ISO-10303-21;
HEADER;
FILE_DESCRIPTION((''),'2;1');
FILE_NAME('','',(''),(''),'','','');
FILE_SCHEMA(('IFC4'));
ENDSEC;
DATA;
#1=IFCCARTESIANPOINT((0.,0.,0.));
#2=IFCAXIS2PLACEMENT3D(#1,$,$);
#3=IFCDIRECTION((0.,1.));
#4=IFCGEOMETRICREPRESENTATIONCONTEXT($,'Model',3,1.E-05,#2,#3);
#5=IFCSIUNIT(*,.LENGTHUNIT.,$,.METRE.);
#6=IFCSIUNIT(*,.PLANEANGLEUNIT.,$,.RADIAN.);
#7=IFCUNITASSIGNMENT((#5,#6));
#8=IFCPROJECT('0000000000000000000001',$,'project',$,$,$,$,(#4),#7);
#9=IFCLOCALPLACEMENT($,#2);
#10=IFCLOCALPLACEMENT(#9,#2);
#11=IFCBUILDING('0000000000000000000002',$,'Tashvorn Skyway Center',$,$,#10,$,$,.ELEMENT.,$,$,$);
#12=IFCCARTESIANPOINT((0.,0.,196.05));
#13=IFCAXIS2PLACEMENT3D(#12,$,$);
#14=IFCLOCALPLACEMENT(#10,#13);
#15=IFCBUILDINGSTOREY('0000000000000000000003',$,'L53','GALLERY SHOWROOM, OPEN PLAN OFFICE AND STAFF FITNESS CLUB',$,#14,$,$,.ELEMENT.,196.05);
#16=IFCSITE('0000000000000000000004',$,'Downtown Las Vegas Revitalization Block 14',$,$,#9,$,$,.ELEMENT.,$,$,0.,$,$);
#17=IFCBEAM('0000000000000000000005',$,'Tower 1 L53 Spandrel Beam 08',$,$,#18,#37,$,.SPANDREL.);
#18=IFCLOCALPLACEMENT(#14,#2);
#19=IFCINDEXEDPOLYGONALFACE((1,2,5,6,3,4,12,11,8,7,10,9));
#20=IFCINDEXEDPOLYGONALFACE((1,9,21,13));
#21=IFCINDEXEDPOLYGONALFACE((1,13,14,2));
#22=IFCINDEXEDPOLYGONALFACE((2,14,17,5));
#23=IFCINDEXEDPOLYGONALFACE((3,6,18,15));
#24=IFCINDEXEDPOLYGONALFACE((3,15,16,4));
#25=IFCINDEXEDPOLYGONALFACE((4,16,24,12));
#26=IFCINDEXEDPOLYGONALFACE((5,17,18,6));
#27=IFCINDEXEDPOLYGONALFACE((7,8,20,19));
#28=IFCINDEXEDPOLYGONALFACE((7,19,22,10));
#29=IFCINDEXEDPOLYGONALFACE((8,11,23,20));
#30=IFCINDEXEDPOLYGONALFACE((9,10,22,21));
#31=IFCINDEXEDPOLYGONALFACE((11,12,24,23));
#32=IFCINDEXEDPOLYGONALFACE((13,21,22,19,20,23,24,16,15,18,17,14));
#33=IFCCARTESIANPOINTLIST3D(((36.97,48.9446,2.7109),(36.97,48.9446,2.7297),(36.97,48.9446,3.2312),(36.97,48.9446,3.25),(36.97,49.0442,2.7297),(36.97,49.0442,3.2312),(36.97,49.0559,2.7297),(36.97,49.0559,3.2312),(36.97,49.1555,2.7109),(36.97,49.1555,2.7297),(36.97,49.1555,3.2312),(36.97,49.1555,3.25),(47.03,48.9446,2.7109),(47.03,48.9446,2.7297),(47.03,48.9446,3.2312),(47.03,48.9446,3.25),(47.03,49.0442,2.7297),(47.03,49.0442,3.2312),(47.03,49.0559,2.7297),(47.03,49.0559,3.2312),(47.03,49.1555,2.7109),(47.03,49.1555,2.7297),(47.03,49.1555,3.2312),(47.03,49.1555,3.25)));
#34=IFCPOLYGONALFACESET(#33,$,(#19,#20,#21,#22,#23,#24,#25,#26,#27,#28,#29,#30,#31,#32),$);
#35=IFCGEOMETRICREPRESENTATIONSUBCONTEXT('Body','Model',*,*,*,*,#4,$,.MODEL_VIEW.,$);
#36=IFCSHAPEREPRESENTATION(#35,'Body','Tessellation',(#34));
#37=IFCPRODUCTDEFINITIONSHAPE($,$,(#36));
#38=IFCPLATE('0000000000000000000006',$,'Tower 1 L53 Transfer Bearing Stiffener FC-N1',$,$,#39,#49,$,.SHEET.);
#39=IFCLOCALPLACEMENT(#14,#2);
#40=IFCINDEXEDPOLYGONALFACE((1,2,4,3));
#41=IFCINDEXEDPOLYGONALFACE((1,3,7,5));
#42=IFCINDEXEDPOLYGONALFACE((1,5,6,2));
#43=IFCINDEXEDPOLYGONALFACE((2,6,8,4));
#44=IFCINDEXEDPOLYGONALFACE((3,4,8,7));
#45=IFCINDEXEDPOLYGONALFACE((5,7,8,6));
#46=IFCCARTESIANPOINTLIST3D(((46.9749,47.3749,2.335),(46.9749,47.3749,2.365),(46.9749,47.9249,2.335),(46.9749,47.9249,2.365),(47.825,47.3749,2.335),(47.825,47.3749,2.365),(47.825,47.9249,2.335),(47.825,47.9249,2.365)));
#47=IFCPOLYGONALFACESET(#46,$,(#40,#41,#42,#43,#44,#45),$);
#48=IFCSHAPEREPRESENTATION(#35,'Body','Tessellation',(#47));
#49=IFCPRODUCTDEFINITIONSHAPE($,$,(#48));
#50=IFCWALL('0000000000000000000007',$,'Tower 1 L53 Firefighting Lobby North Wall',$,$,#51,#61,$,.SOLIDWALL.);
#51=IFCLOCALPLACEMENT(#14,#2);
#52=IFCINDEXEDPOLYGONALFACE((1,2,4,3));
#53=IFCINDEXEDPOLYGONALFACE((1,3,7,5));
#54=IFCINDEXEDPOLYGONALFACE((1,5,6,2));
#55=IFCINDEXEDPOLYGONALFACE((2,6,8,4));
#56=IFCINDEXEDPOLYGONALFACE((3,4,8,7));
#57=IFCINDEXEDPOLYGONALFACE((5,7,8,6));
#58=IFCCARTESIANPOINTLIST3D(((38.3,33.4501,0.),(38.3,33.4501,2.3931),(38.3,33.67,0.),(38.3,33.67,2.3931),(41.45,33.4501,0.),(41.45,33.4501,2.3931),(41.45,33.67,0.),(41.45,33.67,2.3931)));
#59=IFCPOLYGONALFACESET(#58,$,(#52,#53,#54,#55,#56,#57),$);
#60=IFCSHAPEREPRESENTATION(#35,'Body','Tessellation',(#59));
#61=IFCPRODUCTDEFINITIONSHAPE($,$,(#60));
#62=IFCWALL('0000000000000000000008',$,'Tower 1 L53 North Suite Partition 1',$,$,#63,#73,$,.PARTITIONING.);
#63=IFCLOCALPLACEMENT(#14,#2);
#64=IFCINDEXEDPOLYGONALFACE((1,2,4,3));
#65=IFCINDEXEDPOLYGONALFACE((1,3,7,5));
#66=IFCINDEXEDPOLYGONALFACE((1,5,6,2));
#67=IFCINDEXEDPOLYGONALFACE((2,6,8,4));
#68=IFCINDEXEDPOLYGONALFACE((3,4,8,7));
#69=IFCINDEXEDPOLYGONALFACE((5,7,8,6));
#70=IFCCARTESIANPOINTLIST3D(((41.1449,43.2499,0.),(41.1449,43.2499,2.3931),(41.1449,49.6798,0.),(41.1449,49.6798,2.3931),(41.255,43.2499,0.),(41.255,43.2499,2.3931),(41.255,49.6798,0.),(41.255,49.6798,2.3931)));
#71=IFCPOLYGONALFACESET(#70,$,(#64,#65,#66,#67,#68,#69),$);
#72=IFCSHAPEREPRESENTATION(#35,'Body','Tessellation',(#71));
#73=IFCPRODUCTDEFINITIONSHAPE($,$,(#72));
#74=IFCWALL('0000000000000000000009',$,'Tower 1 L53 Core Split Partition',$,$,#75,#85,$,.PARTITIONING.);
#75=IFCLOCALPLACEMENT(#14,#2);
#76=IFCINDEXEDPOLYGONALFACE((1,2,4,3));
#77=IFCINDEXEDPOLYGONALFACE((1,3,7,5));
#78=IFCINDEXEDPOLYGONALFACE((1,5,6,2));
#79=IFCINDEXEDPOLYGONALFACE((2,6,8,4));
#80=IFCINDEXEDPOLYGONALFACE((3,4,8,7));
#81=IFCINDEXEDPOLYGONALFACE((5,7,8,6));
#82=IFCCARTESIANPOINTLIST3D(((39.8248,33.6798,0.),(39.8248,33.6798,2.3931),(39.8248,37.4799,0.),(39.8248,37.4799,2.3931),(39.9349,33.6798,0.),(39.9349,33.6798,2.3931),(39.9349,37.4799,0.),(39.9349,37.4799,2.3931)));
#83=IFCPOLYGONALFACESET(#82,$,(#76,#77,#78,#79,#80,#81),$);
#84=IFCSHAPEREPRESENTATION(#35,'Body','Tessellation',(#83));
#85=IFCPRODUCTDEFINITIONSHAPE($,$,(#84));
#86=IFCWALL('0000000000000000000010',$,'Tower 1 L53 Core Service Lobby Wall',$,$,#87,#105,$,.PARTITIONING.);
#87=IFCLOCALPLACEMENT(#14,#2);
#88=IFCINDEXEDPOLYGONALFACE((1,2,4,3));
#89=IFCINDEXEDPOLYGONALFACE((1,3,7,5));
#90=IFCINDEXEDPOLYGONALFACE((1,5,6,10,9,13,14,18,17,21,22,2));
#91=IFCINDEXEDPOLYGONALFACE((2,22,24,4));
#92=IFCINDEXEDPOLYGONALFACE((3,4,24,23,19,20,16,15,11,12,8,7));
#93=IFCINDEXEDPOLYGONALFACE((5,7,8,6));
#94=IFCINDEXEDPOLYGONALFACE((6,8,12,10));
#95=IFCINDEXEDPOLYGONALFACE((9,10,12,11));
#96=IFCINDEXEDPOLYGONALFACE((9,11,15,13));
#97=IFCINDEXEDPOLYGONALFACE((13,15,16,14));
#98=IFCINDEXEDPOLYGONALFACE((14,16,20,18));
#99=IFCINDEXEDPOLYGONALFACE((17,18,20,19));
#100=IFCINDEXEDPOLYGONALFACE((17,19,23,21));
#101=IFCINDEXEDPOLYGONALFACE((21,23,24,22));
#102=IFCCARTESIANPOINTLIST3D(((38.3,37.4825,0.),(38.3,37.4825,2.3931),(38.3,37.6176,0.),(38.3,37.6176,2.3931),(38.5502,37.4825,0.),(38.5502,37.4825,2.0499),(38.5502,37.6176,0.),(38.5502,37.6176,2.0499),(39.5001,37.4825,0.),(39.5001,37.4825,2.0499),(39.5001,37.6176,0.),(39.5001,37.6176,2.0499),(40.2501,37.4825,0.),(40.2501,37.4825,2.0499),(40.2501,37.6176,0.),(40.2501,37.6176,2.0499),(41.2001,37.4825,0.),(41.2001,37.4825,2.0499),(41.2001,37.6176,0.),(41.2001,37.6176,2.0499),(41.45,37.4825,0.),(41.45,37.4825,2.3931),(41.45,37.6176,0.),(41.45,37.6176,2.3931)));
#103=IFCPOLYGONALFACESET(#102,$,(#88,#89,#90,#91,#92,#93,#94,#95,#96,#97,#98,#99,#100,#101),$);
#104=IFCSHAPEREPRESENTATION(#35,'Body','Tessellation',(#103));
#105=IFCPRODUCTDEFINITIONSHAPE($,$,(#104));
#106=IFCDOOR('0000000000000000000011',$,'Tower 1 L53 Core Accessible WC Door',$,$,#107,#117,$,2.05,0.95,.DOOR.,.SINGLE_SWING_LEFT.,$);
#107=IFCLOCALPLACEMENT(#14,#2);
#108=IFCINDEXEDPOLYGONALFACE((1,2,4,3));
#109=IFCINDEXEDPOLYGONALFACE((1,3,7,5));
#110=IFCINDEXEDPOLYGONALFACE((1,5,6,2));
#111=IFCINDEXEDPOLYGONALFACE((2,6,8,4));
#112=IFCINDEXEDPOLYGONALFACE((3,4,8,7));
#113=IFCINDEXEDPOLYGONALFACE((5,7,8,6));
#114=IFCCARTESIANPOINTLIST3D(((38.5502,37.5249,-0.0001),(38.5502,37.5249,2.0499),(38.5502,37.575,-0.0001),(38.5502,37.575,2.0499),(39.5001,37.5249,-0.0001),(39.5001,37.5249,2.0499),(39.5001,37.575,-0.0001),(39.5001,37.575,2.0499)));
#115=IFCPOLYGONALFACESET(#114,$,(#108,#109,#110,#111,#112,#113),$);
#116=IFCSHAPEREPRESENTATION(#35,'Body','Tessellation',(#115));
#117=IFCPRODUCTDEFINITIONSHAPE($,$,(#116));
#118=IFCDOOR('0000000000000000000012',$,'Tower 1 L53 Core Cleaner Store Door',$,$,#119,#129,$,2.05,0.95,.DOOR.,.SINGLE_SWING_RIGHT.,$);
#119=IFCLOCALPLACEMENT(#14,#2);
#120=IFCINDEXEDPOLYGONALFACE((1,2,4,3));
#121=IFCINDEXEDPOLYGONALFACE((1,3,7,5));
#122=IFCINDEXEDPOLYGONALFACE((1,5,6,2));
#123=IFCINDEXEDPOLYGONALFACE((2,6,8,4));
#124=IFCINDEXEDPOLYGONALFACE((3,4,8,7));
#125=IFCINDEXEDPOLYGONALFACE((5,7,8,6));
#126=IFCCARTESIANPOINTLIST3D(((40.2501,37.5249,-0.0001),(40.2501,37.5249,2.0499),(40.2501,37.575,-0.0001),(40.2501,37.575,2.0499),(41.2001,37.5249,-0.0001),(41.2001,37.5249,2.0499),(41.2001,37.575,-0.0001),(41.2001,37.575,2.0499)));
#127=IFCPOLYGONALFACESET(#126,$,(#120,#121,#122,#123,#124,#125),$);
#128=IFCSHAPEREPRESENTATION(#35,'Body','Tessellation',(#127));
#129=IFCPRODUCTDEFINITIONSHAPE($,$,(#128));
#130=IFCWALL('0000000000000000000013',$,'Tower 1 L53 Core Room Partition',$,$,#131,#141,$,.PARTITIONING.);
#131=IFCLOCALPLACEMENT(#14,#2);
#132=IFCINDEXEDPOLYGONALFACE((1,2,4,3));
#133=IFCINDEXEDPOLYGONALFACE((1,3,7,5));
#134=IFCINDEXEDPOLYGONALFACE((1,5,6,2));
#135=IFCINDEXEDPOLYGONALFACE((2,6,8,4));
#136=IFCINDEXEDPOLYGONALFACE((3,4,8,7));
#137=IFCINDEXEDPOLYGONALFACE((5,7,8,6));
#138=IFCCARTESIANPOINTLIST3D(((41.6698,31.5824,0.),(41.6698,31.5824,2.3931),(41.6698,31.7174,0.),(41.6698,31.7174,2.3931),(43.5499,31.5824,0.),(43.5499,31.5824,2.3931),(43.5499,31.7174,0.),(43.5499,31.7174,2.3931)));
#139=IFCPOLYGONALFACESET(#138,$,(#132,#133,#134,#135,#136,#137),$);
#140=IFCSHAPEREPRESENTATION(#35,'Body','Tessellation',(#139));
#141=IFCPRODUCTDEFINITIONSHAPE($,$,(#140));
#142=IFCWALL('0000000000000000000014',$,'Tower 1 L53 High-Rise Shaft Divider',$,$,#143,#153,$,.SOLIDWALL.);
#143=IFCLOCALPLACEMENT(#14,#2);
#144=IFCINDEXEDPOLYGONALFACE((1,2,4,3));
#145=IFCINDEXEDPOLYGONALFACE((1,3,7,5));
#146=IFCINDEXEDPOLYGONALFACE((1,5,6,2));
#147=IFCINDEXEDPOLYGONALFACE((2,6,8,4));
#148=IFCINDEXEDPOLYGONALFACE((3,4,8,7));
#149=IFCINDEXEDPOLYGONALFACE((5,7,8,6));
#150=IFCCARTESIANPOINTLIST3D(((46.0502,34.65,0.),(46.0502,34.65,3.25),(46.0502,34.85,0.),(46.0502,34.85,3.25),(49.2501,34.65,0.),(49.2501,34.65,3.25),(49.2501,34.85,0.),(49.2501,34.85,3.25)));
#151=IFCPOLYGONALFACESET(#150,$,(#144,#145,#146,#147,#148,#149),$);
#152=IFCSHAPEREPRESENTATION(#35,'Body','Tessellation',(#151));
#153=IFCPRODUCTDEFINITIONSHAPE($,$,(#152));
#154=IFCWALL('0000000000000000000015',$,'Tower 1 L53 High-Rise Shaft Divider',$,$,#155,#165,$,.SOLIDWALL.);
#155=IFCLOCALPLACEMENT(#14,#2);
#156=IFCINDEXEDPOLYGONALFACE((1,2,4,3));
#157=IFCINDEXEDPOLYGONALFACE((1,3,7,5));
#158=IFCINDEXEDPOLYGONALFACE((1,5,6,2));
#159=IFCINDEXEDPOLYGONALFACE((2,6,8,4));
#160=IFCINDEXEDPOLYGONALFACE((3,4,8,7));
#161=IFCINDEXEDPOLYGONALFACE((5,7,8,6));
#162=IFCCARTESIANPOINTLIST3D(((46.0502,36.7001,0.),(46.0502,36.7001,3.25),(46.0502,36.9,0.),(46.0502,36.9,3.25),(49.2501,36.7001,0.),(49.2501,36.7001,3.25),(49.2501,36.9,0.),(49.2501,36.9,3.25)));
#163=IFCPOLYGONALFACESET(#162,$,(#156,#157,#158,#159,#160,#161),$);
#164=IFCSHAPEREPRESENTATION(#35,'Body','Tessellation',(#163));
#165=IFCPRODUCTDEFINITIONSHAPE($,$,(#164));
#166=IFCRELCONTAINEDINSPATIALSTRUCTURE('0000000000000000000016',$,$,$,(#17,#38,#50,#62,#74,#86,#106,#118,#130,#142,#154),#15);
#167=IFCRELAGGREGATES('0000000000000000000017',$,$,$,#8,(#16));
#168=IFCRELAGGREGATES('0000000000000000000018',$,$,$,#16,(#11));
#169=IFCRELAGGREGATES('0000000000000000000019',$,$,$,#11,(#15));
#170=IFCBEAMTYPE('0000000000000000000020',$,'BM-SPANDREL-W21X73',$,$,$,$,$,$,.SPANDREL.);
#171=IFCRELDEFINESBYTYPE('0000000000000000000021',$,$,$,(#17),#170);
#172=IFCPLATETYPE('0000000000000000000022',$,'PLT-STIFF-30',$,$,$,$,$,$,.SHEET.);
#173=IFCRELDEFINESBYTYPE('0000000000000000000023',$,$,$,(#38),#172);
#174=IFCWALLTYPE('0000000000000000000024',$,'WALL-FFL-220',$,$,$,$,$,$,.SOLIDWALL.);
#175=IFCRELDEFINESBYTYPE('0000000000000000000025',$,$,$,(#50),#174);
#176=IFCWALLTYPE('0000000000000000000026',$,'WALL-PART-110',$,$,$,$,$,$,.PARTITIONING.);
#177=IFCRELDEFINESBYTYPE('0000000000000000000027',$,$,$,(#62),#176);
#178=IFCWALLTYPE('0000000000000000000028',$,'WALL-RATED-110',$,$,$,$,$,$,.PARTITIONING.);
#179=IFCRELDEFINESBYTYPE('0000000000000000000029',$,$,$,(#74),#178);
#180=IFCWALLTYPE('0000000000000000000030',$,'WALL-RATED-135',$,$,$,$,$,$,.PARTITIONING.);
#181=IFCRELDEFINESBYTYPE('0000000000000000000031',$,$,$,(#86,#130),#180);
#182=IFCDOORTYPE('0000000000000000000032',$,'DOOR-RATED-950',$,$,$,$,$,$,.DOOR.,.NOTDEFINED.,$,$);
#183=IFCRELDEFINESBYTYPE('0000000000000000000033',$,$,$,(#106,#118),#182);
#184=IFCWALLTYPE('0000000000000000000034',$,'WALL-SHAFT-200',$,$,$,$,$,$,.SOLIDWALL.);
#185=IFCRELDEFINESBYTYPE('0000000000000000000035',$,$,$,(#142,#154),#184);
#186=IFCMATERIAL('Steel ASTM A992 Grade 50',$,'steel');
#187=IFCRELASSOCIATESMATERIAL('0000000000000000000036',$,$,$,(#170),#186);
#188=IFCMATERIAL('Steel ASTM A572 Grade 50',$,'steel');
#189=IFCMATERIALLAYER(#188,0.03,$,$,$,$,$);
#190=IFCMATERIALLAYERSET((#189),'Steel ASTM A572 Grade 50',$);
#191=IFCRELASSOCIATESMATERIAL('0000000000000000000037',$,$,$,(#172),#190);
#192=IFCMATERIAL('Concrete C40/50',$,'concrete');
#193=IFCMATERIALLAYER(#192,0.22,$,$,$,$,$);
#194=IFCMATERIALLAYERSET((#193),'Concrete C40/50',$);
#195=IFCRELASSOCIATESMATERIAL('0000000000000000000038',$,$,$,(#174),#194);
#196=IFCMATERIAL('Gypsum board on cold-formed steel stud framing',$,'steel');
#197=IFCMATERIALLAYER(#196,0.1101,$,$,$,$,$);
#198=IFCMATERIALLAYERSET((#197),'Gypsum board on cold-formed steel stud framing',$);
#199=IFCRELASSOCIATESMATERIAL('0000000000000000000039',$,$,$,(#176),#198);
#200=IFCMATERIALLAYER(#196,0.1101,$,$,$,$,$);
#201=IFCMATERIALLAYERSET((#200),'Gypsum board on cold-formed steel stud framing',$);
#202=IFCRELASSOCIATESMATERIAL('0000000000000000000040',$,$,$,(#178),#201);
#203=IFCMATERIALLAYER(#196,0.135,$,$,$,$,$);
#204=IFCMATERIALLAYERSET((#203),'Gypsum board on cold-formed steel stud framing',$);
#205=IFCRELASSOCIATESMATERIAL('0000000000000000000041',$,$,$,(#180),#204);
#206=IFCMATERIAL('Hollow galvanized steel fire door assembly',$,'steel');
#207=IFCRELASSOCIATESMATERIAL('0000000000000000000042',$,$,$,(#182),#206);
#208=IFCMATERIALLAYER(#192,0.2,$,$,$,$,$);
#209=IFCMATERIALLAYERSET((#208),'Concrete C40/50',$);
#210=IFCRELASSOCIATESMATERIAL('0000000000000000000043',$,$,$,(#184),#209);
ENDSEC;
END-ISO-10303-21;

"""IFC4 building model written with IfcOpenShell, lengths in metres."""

from ifc_helpers import new_model, si_unit, direction, frame, frame_2d, origin, origin_2d, place, context, subcontext, project, spatial, rectangle, i_section, extrude, material, layer, layer_set, material_profile, profile_set, type_object, element, fill, save


model = new_model("IFC4")

# Units and contexts
model_context = context("Model", 3, precision=1e-05, world=origin(), true_north=direction((0.0, 1.0)))
body_context = subcontext(model_context, "Body", "Model", "MODEL_VIEW")
ifc_project = project(units=[si_unit("LENGTHUNIT", "METRE"), si_unit("PLANEANGLEUNIT", "RADIAN")], contexts=[model_context])

# Site, building, storey
site_placement = place(None, origin())
site = spatial("IfcSite", under=ifc_project, at=site_placement, Name="Downtown Las Vegas Revitalization Block 14", CompositionType="ELEMENT", RefElevation=0.0)
building_placement = place(site_placement, origin())
building = spatial("IfcBuilding", under=site, at=building_placement, Name="Tashvorn Skyway Center", CompositionType="ELEMENT")
storey_placement = place(building_placement, frame((0.0, 0.0, 196.05)))
storey = spatial("IfcBuildingStorey", under=building, at=storey_placement, Name="L53", Description="GALLERY SHOWROOM, OPEN PLAN OFFICE AND STAFF FITNESS CLUB", CompositionType="ELEMENT", Elevation=196.05)

# Beam
ifc_material_1 = material(Name="Steel ASTM A992 Grade 50", Category="steel")
ifc_material_profile = material_profile(ifc_material_1, i_section(OverallWidth=0.2109, OverallDepth=0.5391, WebThickness=0.0117, FlangeThickness=0.0188, at=origin_2d()), Name="W21X73")
ifc_profile_set = profile_set([ifc_material_profile], Name="Steel ASTM A992 Grade 50")
beam_type = type_object("IfcBeamType", Name="BM-SPANDREL-W21X73", PredefinedType="SPANDREL", material=ifc_profile_set)
beam_placement = place(storey_placement, frame((47.03, 49.05, 2.9805), z_axis=(-1.0, 0.0, 0.0), x_axis=(0.0, -1.0, 0.0)))
element("IfcBeam", 1, at=beam_placement, inside=storey, type_object=beam_type, Name="Tower 1 L53 Spandrel Beam 08", PredefinedType="SPANDREL", context=body_context, shape_type="SweptSolid", body=[
    extrude(i_section(OverallWidth=0.2109, OverallDepth=0.5391, WebThickness=0.0117, FlangeThickness=0.0188, at=origin_2d()), origin(), (0.0, 0.0, 1.0), 10.0601),
])

# Plate
ifc_material_2 = material(Name="Steel ASTM A572 Grade 50", Category="steel")
ifc_layer_1 = layer(ifc_material_2, 0.03)
ifc_layer_set_1 = layer_set([ifc_layer_1], Name="Steel ASTM A572 Grade 50")
plate_type = type_object("IfcPlateType", Name="PLT-STIFF-30", PredefinedType="SHEET", material=ifc_layer_set_1)
plate_placement = place(storey_placement, frame((47.3999, 47.6499, 2.335), z_axis=(0.0, 0.0, 1.0), x_axis=(1.0, 0.0, 0.0)))
element("IfcPlate", 2, at=plate_placement, inside=storey, type_object=plate_type, Name="Tower 1 L53 Transfer Bearing Stiffener FC-N1", PredefinedType="SHEET", context=body_context, shape_type="SweptSolid", body=[
    extrude(rectangle(XDim=0.8501, YDim=0.55, at=origin_2d()), origin(), (0.0, 0.0, 1.0), 0.03),
])

# Walls
ifc_material_3 = material(Name="Concrete C40/50", Category="concrete")
ifc_layer_2 = layer(ifc_material_3, 0.22)
ifc_layer_set_2 = layer_set([ifc_layer_2], Name="Concrete C40/50")
wall_type_1 = type_object("IfcWallType", Name="WALL-FFL-220", PredefinedType="SOLIDWALL", material=ifc_layer_set_2)
wall_1_placement = place(storey_placement, frame((38.3, 33.5601, 0.0), z_axis=(0.0, 0.0, 1.0), x_axis=(1.0, 0.0, 0.0)))
element("IfcWall", 3, at=wall_1_placement, inside=storey, type_object=wall_type_1, Name="Tower 1 L53 Firefighting Lobby North Wall", PredefinedType="SOLIDWALL", context=body_context, shape_type="SweptSolid", body=[
    extrude(rectangle(XDim=3.1499, YDim=0.22, at=frame_2d((1.575, 0.0))), origin(), (0.0, 0.0, 1.0), 2.3931),
])
ifc_material_4 = material(Name="Gypsum board on cold-formed steel stud framing", Category="steel")
ifc_layer_3 = layer(ifc_material_4, 0.1101)
ifc_layer_set_3 = layer_set([ifc_layer_3], Name="Gypsum board on cold-formed steel stud framing")
wall_type_2 = type_object("IfcWallType", Name="WALL-PART-110", PredefinedType="PARTITIONING", material=ifc_layer_set_3)
wall_2_placement = place(storey_placement, frame((41.2, 43.25, 0.0), z_axis=(0.0, 0.0, 1.0), x_axis=(0.0, 1.0, 0.0)))
element("IfcWall", 4, at=wall_2_placement, inside=storey, type_object=wall_type_2, Name="Tower 1 L53 North Suite Partition 1", PredefinedType="PARTITIONING", context=body_context, shape_type="SweptSolid", body=[
    extrude(rectangle(XDim=6.4299, YDim=0.1101, at=frame_2d((3.2148, 0.0))), origin(), (0.0, 0.0, 1.0), 2.3931),
])
ifc_layer_4 = layer(ifc_material_4, 0.1101)
ifc_layer_set_4 = layer_set([ifc_layer_4], Name="Gypsum board on cold-formed steel stud framing")
wall_type_3 = type_object("IfcWallType", Name="WALL-RATED-110", PredefinedType="PARTITIONING", material=ifc_layer_set_4)
wall_3_placement = place(storey_placement, frame((39.8799, 33.6799, 0.0), z_axis=(0.0, 0.0, 1.0), x_axis=(0.0, 1.0, 0.0)))
element("IfcWall", 5, at=wall_3_placement, inside=storey, type_object=wall_type_3, Name="Tower 1 L53 Core Split Partition", PredefinedType="PARTITIONING", context=body_context, shape_type="SweptSolid", body=[
    extrude(rectangle(XDim=3.8, YDim=0.1101, at=frame_2d((1.8999, 0.0))), origin(), (0.0, 0.0, 1.0), 2.3931),
])

# Wall, openings, doors
ifc_layer_5 = layer(ifc_material_4, 0.135)
ifc_layer_set_5 = layer_set([ifc_layer_5], Name="Gypsum board on cold-formed steel stud framing")
wall_type_4 = type_object("IfcWallType", Name="WALL-RATED-135", PredefinedType="PARTITIONING", material=ifc_layer_set_5)
wall_4_placement = place(storey_placement, frame((38.3, 37.55, 0.0), z_axis=(0.0, 0.0, 1.0), x_axis=(1.0, 0.0, 0.0)))
wall_4 = element("IfcWall", 6, at=wall_4_placement, inside=storey, type_object=wall_type_4, Name="Tower 1 L53 Core Service Lobby Wall", PredefinedType="PARTITIONING", context=body_context, shape_type="SweptSolid", body=[
    extrude(rectangle(XDim=3.1499, YDim=0.135, at=frame_2d((1.575, 0.0))), origin(), (0.0, 0.0, 1.0), 2.3931),
])
opening_1_placement = place(wall_4_placement, frame((0.25, 0.0, 0.0)))
opening_1 = element("IfcOpeningElement", 7, at=opening_1_placement, cuts=wall_4, PredefinedType="OPENING", context=body_context, shape_type="SweptSolid", body=[
    extrude(rectangle(XDim=0.95, YDim=2.05, at=frame_2d((0.4751, 1.0249))), frame((0.0, 0.0774, 0.0), z_axis=(0.0, -1.0, 0.0), x_axis=(1.0, 0.0, 0.0)), (0.0, 0.0, 1.0), 0.155),
])
opening_2_placement = place(wall_4_placement, frame((1.95, 0.0, 0.0)))
opening_2 = element("IfcOpeningElement", 8, at=opening_2_placement, cuts=wall_4, PredefinedType="OPENING", context=body_context, shape_type="SweptSolid", body=[
    extrude(rectangle(XDim=0.95, YDim=2.05, at=frame_2d((0.4751, 1.0249))), frame((0.0, 0.0774, 0.0), z_axis=(0.0, -1.0, 0.0), x_axis=(1.0, 0.0, 0.0)), (0.0, 0.0, 1.0), 0.155),
])
ifc_material_5 = material(Name="Hollow galvanized steel fire door assembly", Category="steel")
door_type_1 = type_object("IfcDoorType", Name="DOOR-RATED-950", OperationType="NOTDEFINED", PredefinedType="DOOR", material=ifc_material_5)
door_1_placement = place(opening_1_placement, origin())
door_1 = element("IfcDoor", 9, at=door_1_placement, inside=storey, type_object=door_type_1, Name="Tower 1 L53 Core Accessible WC Door", OperationType="SINGLE_SWING_LEFT", OverallHeight=2.05, OverallWidth=0.95, PredefinedType="DOOR", context=body_context, shape_type="SweptSolid", body=[
    extrude(rectangle(XDim=0.95, YDim=2.05, at=frame_2d((0.4751, 1.0249))), frame((0.0, 0.0249, 0.0), z_axis=(0.0, -1.0, 0.0), x_axis=(1.0, 0.0, 0.0)), (0.0, 0.0, 1.0), 0.05),
])
fill(opening_1, door_1)
door_2_placement = place(opening_2_placement, origin())
door_2 = element("IfcDoor", 10, at=door_2_placement, inside=storey, type_object=door_type_1, Name="Tower 1 L53 Core Cleaner Store Door", OperationType="SINGLE_SWING_RIGHT", OverallHeight=2.05, OverallWidth=0.95, PredefinedType="DOOR", context=body_context, shape_type="SweptSolid", body=[
    extrude(rectangle(XDim=0.95, YDim=2.05, at=frame_2d((0.4751, 1.0249))), frame((0.0, 0.0249, 0.0), z_axis=(0.0, -1.0, 0.0), x_axis=(1.0, 0.0, 0.0)), (0.0, 0.0, 1.0), 0.05),
])
fill(opening_2, door_2)

# Walls
wall_5_placement = place(storey_placement, frame((41.6699, 31.6499, 0.0), z_axis=(0.0, 0.0, 1.0), x_axis=(1.0, 0.0, 0.0)))
element("IfcWall", 11, at=wall_5_placement, inside=storey, type_object=wall_type_4, Name="Tower 1 L53 Core Room Partition", PredefinedType="PARTITIONING", context=body_context, shape_type="SweptSolid", body=[
    extrude(rectangle(XDim=1.8801, YDim=0.135, at=frame_2d((0.9399, 0.0))), origin(), (0.0, 0.0, 1.0), 2.3931),
])
ifc_layer_6 = layer(ifc_material_3, 0.2)
ifc_layer_set_6 = layer_set([ifc_layer_6], Name="Concrete C40/50")
wall_type_5 = type_object("IfcWallType", Name="WALL-SHAFT-200", PredefinedType="SOLIDWALL", material=ifc_layer_set_6)
for number, where, z_axis, x_axis, name in (
    (12, (46.05, 34.75, 0.0), (0.0, 0.0, 1.0), (1.0, 0.0, 0.0), "Tower 1 L53 High-Rise Shaft Divider"),
    (13, (46.05, 36.8, 0.0), (0.0, 0.0, 1.0), (1.0, 0.0, 0.0), "Tower 1 L53 High-Rise Shaft Divider"),
):
    element("IfcWall", number, at=place(storey_placement, frame(where, z_axis=z_axis, x_axis=x_axis)), inside=storey, type_object=wall_type_5, Name=name, PredefinedType="SOLIDWALL", context=body_context, shape_type="SweptSolid", body=[
        extrude(rectangle(XDim=3.2, YDim=0.2, at=frame_2d((1.6001, 0.0))), origin(), (0.0, 0.0, 1.0), 3.25),
    ])

save(model, "model.ifc")
